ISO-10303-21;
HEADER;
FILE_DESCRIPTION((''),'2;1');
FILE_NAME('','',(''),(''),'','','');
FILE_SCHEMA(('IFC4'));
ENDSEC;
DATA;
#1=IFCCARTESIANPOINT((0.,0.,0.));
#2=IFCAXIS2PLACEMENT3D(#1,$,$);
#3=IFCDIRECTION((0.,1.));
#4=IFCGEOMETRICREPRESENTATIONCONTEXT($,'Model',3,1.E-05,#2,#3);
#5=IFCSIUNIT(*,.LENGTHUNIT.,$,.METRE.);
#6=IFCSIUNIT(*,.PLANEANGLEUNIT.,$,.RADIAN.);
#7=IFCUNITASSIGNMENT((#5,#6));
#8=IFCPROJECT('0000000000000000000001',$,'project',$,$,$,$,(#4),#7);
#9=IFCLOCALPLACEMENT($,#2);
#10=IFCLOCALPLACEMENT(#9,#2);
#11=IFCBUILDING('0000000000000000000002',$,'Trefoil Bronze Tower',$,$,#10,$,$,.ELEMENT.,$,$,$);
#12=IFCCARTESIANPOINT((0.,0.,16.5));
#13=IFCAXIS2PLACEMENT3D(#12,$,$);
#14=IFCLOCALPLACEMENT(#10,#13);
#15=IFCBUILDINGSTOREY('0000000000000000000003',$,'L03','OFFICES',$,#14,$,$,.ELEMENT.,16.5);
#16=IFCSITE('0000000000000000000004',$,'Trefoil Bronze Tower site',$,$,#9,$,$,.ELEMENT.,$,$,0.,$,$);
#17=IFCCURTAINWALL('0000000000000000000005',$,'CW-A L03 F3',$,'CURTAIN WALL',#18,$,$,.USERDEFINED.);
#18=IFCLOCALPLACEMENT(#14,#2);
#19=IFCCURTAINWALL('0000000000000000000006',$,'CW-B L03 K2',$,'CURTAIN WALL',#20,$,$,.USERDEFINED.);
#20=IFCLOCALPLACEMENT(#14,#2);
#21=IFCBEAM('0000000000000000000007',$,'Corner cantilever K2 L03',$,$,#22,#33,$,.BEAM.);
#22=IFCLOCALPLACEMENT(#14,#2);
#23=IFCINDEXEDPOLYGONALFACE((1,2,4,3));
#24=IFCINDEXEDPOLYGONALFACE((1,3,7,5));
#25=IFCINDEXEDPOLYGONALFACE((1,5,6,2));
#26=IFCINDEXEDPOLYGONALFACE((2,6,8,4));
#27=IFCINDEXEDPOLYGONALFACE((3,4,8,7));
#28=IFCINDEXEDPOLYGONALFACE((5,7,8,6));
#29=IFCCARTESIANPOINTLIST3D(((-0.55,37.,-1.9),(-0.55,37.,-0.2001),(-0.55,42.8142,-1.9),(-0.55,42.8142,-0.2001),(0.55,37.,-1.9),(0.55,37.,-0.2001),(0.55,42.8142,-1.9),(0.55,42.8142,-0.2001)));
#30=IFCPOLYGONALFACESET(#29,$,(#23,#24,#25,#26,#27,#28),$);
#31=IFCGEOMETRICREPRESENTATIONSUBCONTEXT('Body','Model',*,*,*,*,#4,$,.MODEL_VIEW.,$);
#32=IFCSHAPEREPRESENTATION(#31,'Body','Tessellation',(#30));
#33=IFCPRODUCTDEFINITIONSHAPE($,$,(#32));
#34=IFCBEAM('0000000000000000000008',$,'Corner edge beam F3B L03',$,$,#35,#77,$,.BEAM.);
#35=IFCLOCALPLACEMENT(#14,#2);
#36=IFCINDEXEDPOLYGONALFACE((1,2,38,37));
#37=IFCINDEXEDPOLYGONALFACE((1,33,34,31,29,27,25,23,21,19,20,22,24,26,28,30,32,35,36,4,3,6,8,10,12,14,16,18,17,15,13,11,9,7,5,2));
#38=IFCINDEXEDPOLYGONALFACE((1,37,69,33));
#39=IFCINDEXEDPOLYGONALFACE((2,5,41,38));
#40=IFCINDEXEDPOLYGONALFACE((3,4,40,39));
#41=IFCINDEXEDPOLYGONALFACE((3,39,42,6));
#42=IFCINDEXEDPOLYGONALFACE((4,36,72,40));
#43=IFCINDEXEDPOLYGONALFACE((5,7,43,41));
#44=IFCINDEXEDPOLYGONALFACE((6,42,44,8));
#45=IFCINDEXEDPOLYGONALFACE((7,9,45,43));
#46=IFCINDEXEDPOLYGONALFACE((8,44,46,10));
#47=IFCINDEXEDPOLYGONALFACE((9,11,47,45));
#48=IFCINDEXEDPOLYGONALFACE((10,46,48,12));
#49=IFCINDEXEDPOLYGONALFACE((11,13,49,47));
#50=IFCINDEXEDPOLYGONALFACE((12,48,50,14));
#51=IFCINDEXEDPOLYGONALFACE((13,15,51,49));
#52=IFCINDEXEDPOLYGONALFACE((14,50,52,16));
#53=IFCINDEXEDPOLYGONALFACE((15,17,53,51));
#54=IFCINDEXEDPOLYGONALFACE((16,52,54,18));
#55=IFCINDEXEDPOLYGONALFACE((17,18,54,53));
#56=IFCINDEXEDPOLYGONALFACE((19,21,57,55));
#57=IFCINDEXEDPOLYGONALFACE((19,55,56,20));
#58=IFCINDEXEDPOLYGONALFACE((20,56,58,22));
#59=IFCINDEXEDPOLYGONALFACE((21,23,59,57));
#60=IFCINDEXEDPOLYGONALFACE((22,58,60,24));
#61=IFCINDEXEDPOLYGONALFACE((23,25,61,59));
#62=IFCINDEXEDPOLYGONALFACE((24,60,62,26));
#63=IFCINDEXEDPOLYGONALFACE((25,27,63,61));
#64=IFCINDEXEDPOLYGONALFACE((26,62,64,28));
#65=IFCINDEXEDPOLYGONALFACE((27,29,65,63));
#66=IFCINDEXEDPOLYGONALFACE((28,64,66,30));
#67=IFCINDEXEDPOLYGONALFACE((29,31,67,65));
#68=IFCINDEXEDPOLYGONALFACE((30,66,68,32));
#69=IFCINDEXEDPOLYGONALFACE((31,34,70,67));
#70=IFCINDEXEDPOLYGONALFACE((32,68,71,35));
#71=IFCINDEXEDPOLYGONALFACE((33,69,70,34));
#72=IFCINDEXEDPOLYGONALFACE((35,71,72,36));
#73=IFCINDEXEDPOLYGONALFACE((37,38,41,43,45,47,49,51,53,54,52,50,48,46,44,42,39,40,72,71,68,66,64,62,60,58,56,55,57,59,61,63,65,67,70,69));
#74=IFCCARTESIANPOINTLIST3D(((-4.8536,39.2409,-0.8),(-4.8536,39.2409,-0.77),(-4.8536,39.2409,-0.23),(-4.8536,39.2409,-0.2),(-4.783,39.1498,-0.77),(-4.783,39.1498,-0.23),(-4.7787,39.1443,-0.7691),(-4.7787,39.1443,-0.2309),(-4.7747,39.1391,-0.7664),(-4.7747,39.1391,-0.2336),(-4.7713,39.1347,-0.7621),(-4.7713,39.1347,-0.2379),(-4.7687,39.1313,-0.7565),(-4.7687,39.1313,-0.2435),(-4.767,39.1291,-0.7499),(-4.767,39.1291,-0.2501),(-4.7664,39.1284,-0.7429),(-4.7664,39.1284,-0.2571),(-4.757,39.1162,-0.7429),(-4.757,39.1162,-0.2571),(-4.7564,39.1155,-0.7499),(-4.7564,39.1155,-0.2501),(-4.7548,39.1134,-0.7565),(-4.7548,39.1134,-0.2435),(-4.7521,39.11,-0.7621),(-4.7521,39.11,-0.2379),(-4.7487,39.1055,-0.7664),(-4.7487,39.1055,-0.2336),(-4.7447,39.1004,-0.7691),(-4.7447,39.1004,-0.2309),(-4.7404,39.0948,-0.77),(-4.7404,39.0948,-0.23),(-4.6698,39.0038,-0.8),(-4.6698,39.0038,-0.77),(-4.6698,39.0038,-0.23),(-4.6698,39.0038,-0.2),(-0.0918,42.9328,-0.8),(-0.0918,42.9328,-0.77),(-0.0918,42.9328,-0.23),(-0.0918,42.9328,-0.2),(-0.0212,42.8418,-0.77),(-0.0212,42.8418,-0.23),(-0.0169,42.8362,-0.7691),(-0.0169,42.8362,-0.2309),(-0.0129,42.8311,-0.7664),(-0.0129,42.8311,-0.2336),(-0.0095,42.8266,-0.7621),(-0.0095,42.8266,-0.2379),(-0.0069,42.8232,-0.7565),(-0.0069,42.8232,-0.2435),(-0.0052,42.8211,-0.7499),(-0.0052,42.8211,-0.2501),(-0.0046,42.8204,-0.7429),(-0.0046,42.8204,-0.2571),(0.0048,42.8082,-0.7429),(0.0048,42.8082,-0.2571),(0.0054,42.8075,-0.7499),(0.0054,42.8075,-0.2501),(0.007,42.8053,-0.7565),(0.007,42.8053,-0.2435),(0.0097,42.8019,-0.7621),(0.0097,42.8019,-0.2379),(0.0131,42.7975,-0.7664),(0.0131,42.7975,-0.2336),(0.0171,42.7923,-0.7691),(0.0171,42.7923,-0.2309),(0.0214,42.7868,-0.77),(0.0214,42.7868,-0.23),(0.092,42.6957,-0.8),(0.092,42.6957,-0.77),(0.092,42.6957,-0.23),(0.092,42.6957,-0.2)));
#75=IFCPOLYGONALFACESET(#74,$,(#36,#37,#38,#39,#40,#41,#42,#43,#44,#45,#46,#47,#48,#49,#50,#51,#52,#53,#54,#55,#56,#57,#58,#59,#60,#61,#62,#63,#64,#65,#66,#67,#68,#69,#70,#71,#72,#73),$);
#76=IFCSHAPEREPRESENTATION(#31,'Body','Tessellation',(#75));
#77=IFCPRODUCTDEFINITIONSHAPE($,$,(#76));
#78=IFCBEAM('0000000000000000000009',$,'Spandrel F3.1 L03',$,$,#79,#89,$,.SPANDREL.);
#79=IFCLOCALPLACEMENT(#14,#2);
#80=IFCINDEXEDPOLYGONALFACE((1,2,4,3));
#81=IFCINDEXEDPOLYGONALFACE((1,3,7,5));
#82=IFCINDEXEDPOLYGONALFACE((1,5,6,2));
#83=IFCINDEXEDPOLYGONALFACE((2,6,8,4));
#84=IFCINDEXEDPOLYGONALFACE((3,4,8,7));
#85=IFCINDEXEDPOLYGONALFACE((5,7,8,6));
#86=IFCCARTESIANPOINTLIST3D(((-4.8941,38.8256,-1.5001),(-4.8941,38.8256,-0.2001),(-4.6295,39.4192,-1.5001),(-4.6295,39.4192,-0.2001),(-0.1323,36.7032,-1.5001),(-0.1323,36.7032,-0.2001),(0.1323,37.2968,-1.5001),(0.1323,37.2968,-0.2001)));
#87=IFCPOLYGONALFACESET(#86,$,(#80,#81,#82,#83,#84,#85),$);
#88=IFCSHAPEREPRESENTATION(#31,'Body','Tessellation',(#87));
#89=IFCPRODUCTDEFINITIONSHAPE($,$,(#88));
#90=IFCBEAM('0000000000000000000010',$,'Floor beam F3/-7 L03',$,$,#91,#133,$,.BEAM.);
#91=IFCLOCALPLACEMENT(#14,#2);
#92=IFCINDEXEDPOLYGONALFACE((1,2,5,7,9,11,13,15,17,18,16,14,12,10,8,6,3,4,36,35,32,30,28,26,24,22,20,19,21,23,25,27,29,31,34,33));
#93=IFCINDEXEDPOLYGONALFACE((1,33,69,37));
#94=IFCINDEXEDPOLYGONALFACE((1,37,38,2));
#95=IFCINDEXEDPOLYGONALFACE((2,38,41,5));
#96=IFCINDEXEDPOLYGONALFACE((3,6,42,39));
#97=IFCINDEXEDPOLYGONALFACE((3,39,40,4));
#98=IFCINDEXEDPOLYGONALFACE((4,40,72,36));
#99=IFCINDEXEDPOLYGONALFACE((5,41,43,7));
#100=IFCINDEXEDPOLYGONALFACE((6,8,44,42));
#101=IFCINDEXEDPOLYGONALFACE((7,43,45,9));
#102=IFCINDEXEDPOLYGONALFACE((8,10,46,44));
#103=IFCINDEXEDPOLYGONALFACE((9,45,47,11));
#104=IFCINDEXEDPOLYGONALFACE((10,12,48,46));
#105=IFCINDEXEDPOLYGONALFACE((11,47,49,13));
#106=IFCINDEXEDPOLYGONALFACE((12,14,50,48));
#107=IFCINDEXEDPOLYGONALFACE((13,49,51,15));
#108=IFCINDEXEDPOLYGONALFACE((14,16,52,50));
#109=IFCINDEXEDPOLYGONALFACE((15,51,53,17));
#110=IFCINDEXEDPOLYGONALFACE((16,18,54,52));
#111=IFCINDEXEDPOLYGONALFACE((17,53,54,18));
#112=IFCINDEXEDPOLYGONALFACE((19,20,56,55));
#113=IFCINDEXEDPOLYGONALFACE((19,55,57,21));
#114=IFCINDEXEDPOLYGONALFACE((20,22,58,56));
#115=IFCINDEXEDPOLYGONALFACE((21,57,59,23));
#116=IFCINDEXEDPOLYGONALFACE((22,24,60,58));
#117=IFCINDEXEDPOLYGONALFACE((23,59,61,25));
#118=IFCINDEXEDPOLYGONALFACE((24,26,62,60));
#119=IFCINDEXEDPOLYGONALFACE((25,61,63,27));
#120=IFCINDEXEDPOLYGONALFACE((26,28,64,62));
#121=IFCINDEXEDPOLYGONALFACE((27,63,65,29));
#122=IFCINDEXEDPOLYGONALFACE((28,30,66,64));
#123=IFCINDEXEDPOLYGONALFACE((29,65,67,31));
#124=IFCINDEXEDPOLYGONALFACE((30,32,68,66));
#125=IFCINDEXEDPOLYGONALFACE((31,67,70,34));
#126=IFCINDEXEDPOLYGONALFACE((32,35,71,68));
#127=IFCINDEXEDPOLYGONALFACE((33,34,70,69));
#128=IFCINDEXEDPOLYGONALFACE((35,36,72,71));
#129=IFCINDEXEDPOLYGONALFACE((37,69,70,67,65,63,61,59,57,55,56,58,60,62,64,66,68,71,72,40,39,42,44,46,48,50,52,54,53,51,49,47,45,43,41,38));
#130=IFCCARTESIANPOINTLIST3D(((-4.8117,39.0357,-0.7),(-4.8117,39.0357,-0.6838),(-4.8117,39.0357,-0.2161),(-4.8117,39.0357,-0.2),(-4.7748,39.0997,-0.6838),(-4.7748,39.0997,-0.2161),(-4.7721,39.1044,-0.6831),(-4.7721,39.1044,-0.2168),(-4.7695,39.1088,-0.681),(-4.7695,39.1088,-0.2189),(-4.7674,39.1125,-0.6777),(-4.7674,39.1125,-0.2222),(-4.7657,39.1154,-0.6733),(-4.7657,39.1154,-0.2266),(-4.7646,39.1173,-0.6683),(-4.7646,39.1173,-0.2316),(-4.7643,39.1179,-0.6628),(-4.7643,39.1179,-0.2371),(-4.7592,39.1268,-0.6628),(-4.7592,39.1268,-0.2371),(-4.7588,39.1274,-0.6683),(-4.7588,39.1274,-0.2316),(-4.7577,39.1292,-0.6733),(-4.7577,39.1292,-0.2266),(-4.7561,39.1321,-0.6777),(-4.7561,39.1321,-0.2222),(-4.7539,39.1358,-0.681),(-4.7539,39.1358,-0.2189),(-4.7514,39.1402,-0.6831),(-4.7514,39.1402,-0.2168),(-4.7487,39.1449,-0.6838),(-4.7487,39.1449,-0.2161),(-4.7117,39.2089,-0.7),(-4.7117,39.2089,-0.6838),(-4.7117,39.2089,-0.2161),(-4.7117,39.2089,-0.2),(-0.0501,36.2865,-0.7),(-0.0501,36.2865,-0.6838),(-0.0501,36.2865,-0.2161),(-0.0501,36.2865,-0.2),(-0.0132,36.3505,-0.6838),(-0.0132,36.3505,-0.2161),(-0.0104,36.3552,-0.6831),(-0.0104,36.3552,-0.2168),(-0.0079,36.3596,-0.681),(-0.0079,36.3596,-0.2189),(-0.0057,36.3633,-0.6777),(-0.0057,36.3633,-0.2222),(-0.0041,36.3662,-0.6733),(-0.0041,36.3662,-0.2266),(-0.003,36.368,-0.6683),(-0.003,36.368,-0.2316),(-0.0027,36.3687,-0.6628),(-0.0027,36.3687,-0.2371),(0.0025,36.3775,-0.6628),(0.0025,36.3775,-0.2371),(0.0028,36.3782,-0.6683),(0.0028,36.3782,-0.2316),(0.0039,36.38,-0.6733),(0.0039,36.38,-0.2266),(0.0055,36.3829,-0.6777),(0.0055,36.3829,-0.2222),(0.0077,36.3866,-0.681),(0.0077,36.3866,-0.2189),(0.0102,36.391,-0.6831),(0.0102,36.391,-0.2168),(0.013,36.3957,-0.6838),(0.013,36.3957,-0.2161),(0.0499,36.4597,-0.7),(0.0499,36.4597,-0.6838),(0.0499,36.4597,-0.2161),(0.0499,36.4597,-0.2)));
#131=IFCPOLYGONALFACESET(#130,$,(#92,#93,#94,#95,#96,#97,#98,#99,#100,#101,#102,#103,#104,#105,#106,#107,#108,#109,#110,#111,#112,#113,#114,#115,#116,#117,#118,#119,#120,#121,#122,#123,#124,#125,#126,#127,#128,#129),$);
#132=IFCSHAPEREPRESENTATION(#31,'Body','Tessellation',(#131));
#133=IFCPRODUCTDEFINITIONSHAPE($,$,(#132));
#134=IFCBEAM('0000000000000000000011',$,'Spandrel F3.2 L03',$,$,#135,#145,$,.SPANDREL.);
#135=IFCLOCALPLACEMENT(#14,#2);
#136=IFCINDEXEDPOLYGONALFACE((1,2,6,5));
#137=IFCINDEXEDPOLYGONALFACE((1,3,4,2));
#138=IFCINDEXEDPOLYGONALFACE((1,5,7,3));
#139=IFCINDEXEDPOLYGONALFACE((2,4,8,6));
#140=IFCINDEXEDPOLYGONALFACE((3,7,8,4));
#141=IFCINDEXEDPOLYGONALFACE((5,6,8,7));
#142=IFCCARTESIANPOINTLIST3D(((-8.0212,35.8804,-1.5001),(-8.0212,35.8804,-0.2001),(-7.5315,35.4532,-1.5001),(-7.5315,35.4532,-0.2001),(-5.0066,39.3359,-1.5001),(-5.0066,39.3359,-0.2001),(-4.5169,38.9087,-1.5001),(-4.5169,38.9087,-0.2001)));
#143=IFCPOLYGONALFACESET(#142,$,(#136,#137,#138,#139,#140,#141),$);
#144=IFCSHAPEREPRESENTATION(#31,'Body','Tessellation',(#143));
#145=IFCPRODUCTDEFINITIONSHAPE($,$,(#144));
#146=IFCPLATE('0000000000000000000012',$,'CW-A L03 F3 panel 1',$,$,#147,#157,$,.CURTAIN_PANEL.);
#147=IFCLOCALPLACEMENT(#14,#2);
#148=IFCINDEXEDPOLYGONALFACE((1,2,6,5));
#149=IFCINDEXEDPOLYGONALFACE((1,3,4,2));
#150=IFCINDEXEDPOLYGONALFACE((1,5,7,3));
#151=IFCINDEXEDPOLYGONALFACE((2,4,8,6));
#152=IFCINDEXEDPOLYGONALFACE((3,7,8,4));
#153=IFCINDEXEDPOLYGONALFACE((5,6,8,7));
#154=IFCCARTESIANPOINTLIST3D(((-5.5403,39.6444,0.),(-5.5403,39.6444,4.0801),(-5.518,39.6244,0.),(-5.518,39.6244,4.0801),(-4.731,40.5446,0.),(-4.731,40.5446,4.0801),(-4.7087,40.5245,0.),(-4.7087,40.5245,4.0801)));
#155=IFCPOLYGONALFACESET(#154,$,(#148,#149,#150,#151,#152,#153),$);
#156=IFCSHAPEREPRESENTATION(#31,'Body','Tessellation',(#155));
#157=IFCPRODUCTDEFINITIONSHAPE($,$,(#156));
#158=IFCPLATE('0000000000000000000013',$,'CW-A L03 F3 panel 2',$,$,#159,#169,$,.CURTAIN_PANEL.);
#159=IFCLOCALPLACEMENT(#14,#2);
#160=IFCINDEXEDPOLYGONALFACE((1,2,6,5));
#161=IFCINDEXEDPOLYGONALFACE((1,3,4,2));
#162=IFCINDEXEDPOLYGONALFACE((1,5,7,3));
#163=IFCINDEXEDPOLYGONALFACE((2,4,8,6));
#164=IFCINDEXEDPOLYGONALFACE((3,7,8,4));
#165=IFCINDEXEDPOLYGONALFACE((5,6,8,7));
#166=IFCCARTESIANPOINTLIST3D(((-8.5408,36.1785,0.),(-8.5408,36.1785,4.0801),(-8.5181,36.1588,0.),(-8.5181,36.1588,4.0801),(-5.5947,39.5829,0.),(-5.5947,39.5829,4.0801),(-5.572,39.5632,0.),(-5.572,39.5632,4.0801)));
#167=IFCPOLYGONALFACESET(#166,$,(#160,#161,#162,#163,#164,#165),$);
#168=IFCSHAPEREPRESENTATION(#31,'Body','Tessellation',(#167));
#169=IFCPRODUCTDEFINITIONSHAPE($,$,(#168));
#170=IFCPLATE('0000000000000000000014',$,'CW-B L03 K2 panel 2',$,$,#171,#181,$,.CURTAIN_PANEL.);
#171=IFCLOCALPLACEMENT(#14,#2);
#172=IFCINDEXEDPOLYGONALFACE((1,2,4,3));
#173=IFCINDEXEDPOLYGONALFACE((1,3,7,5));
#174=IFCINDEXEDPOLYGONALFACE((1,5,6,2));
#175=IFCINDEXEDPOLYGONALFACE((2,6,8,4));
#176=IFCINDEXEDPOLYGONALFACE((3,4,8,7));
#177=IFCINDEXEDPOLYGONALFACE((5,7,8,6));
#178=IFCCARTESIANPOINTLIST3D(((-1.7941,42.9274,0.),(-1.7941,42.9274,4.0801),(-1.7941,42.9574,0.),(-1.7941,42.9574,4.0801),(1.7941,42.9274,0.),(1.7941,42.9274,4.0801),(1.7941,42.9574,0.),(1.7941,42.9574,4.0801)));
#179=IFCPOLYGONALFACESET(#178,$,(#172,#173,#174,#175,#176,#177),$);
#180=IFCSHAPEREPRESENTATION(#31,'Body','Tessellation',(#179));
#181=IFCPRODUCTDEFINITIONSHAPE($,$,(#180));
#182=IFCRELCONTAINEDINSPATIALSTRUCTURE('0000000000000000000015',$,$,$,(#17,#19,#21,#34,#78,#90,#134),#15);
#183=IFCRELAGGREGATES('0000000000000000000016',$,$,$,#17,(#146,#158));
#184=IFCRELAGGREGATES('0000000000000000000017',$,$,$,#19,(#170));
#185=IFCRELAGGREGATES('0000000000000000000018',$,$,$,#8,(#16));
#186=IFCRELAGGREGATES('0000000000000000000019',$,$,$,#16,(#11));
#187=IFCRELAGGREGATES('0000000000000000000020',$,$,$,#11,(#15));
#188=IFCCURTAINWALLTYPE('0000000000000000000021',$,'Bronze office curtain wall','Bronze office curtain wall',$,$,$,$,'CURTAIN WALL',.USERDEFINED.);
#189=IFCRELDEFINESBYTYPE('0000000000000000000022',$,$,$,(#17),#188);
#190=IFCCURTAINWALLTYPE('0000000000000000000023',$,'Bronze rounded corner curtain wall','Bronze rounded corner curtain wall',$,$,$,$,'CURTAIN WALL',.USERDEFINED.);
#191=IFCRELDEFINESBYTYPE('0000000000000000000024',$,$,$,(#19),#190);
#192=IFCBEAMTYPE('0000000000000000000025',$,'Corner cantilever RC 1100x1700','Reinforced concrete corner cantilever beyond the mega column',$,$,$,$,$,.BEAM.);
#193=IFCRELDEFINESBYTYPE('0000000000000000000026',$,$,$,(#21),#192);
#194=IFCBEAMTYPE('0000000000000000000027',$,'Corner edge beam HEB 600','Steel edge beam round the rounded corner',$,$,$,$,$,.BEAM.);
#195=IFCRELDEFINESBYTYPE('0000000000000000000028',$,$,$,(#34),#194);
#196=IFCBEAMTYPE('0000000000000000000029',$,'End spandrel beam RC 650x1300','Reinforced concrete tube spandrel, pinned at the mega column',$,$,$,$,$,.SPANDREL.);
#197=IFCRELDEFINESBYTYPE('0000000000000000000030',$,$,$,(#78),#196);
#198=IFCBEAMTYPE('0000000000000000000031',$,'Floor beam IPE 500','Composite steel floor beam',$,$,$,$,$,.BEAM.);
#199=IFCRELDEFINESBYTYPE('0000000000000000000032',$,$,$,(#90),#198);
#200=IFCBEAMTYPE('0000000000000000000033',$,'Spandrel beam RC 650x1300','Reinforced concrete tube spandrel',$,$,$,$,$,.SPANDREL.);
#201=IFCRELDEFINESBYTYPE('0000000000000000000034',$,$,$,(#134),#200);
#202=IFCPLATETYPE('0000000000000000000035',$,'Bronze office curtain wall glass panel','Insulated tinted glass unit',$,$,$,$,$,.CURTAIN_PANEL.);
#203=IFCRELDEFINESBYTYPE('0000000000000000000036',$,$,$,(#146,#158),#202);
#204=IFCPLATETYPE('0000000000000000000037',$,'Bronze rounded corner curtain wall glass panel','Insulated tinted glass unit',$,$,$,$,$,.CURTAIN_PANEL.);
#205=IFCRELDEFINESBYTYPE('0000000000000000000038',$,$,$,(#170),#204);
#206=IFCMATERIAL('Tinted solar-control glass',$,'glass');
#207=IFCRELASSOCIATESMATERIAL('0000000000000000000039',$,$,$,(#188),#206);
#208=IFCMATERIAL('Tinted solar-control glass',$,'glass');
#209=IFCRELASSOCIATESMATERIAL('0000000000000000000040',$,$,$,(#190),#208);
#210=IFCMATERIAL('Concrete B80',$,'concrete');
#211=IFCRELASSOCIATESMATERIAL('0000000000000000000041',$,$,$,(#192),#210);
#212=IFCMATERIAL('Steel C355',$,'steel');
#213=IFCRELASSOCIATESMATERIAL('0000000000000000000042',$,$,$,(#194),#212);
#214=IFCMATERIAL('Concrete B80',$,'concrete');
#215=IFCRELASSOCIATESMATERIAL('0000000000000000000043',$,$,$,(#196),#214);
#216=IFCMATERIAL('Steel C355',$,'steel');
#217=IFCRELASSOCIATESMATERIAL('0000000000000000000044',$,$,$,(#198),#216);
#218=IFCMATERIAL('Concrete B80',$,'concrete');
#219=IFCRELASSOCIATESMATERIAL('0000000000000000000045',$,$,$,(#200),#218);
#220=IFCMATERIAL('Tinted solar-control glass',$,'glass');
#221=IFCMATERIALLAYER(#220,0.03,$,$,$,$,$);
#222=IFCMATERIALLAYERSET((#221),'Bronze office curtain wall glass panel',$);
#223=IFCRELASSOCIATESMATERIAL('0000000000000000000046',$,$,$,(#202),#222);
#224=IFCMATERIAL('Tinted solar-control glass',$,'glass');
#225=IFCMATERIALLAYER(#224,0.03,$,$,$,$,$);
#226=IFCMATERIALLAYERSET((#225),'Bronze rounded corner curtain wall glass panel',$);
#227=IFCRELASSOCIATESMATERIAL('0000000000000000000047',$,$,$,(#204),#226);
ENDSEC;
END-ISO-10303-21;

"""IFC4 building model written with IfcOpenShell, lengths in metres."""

from ifc_helpers import new_model, si_unit, direction, frame, origin, origin_2d, place, context, subcontext, project, spatial, rectangle, i_section, extrude, material, layer, layer_set, material_profile, profile_set, type_object, element, aggregate, save


model = new_model("IFC4")

# Units and contexts
model_context = context("Model", 3, precision=1e-05, world=origin(), true_north=direction((0.0, 1.0)))
body_context = subcontext(model_context, "Body", "Model", "MODEL_VIEW")
ifc_project = project(units=[si_unit("LENGTHUNIT", "METRE"), si_unit("PLANEANGLEUNIT", "RADIAN")], contexts=[model_context])

# Site, building, storey
site_placement = place(None, origin())
site = spatial("IfcSite", under=ifc_project, at=site_placement, Name="Trefoil Bronze Tower site", CompositionType="ELEMENT", RefElevation=0.0)
building_placement = place(site_placement, origin())
building = spatial("IfcBuilding", under=site, at=building_placement, Name="Trefoil Bronze Tower", CompositionType="ELEMENT")
storey_placement = place(building_placement, frame((0.0, 0.0, 16.5)))
storey = spatial("IfcBuildingStorey", under=building, at=storey_placement, Name="L03", Description="OFFICES", CompositionType="ELEMENT", Elevation=16.5)

# Curtain walls
ifc_material_1 = material(Name="Tinted solar-control glass", Category="glass")
curtain_wall_type_1 = type_object("IfcCurtainWallType", Name="Bronze office curtain wall", Description="Bronze office curtain wall", ElementType="CURTAIN WALL", PredefinedType="USERDEFINED", material=ifc_material_1)
curtain_wall_1_placement = place(storey_placement, origin())
curtain_wall_1 = element("IfcCurtainWall", 1, at=curtain_wall_1_placement, inside=storey, type_object=curtain_wall_type_1, Name="CW-A L03 F3", ObjectType="CURTAIN WALL", PredefinedType="USERDEFINED")
ifc_material_2 = material(Name="Tinted solar-control glass", Category="glass")
curtain_wall_type_2 = type_object("IfcCurtainWallType", Name="Bronze rounded corner curtain wall", Description="Bronze rounded corner curtain wall", ElementType="CURTAIN WALL", PredefinedType="USERDEFINED", material=ifc_material_2)
curtain_wall_2_placement = place(storey_placement, origin())
curtain_wall_2 = element("IfcCurtainWall", 2, at=curtain_wall_2_placement, inside=storey, type_object=curtain_wall_type_2, Name="CW-B L03 K2", ObjectType="CURTAIN WALL", PredefinedType="USERDEFINED")

# Beams
ifc_material_3 = material(Name="Concrete B80", Category="concrete")
ifc_material_profile_1 = material_profile(ifc_material_3, rectangle(XDim=1.1001, YDim=1.7, at=origin_2d()), Name="RC 1100x1700")
ifc_profile_set_1 = profile_set([ifc_material_profile_1], Name="Concrete B80")
beam_type_1 = type_object("IfcBeamType", Name="Corner cantilever RC 1100x1700", Description="Reinforced concrete corner cantilever beyond the mega column", PredefinedType="BEAM", material=ifc_profile_set_1)
beam_1_placement = place(storey_placement, frame((0.0, 37.0, -1.05), z_axis=(0.0, 1.0, 0.0), x_axis=(-1.0, 0.0, 0.0)))
element("IfcBeam", 3, at=beam_1_placement, inside=storey, type_object=beam_type_1, Name="Corner cantilever K2 L03", PredefinedType="BEAM", context=body_context, shape_type="SweptSolid", body=[
    extrude(rectangle(XDim=1.1001, YDim=1.7, at=origin_2d()), origin(), (0.0, 0.0, 1.0), 5.8142),
])
ifc_material_4 = material(Name="Steel C355", Category="steel")
ifc_material_profile_2 = material_profile(ifc_material_4, i_section(OverallWidth=0.3, OverallDepth=0.6001, WebThickness=0.0154, FlangeThickness=0.03, FilletRadius=0.0271, at=origin_2d()), Name="HEB 600")
ifc_profile_set_2 = profile_set([ifc_material_profile_2], Name="Steel C355")
beam_type_2 = type_object("IfcBeamType", Name="Corner edge beam HEB 600", Description="Steel edge beam round the rounded corner", PredefinedType="BEAM", material=ifc_profile_set_2)
beam_2_placement = place(storey_placement, frame((-4.7617, 39.1223, -0.5), z_axis=(0.790289, 0.612734, 0.0), x_axis=(-0.612734, 0.790289, 0.0)))
element("IfcBeam", 4, at=beam_2_placement, inside=storey, type_object=beam_type_2, Name="Corner edge beam F3B L03", PredefinedType="BEAM", context=body_context, shape_type="SweptSolid", body=[
    extrude(i_section(OverallWidth=0.3, OverallDepth=0.6001, WebThickness=0.0154, FlangeThickness=0.03, FilletRadius=0.0271, at=origin_2d()), origin(), (0.0, 0.0, 1.0), 6.0254),
])
ifc_material_5 = material(Name="Concrete B80", Category="concrete")
ifc_material_profile_3 = material_profile(ifc_material_5, rectangle(XDim=0.6499, YDim=1.3, at=origin_2d()), Name="RC 650x1300")
ifc_profile_set_3 = profile_set([ifc_material_profile_3], Name="Concrete B80")
beam_type_3 = type_object("IfcBeamType", Name="End spandrel beam RC 650x1300", Description="Reinforced concrete tube spandrel, pinned at the mega column", PredefinedType="SPANDREL", material=ifc_profile_set_3)
beam_3_placement = place(storey_placement, frame((0.0, 37.0, -0.8501), z_axis=(-0.913384, 0.407099, 0.0), x_axis=(-0.407099, -0.913384, 0.0)))
element("IfcBeam", 5, at=beam_3_placement, inside=storey, type_object=beam_type_3, Name="Spandrel F3.1 L03", PredefinedType="SPANDREL", context=body_context, shape_type="SweptSolid", body=[
    extrude(rectangle(XDim=0.6499, YDim=1.3, at=origin_2d()), origin(), (0.0, 0.0, 1.0), 5.2134),
])
ifc_material_6 = material(Name="Steel C355", Category="steel")
ifc_material_profile_4 = material_profile(ifc_material_6, i_section(OverallWidth=0.2, OverallDepth=0.5, WebThickness=0.0103, FlangeThickness=0.0161, FilletRadius=0.021, at=origin_2d()), Name="IPE 500")
ifc_profile_set_4 = profile_set([ifc_material_profile_4], Name="Steel C355")
beam_type_4 = type_object("IfcBeamType", Name="Floor beam IPE 500", Description="Composite steel floor beam", PredefinedType="BEAM", material=ifc_profile_set_4)
beam_4_placement = place(storey_placement, frame((-4.7617, 39.1223, -0.45), z_axis=(0.866018, -0.500012, 0.0), x_axis=(0.500012, 0.866018, 0.0)))
element("IfcBeam", 6, at=beam_4_placement, inside=storey, type_object=beam_type_4, Name="Floor beam F3/-7 L03", PredefinedType="BEAM", context=body_context, shape_type="SweptSolid", body=[
    extrude(i_section(OverallWidth=0.2, OverallDepth=0.5, WebThickness=0.0103, FlangeThickness=0.0161, FilletRadius=0.021, at=origin_2d()), origin(), (0.0, 0.0, 1.0), 5.4983),
])
ifc_material_7 = material(Name="Concrete B80", Category="concrete")
ifc_material_profile_5 = material_profile(ifc_material_7, rectangle(XDim=0.6499, YDim=1.3, at=origin_2d()), Name="RC 650x1300")
ifc_profile_set_5 = profile_set([ifc_material_profile_5], Name="Concrete B80")
beam_type_5 = type_object("IfcBeamType", Name="Spandrel beam RC 650x1300", Description="Reinforced concrete tube spandrel", PredefinedType="SPANDREL", material=ifc_profile_set_5)
beam_5_placement = place(storey_placement, frame((-4.7617, 39.1223, -0.8501), z_axis=(-0.657396, -0.753545, 0.0), x_axis=(0.753545, -0.657396, 0.0)))
element("IfcBeam", 7, at=beam_5_placement, inside=storey, type_object=beam_type_5, Name="Spandrel F3.2 L03", PredefinedType="SPANDREL", context=body_context, shape_type="SweptSolid", body=[
    extrude(rectangle(XDim=0.6499, YDim=1.3, at=origin_2d()), origin(), (0.0, 0.0, 1.0), 4.5857),
])

# Plates
ifc_material_8 = material(Name="Tinted solar-control glass", Category="glass")
ifc_layer_1 = layer(ifc_material_8, 0.03)
ifc_layer_set_1 = layer_set([ifc_layer_1], Name="Bronze office curtain wall glass panel")
plate_type_1 = type_object("IfcPlateType", Name="Bronze office curtain wall glass panel", Description="Insulated tinted glass unit", PredefinedType="CURTAIN_PANEL", material=ifc_layer_set_1)
plate_1_placement = place(storey_placement, frame((-5.1245, 40.0845, 0.0), z_axis=(0.0, 0.0, 1.0), x_axis=(-0.668575, -0.743645, 0.0)))
plate_1 = element("IfcPlate", 8, at=plate_1_placement, type_object=plate_type_1, Name="CW-A L03 F3 panel 1", PredefinedType="CURTAIN_PANEL", context=body_context, shape_type="SweptSolid", body=[
    extrude(rectangle(XDim=1.2104, YDim=0.03, at=origin_2d()), origin(), (0.0, 0.0, 1.0), 4.0801),
])
plate_2_placement = place(storey_placement, frame((-7.0564, 37.8708, 0.0), z_axis=(0.0, 0.0, 1.0), x_axis=(-0.654376, -0.756169, 0.0)))
plate_2 = element("IfcPlate", 9, at=plate_2_placement, type_object=plate_type_1, Name="CW-A L03 F3 panel 2", PredefinedType="CURTAIN_PANEL", context=body_context, shape_type="SweptSolid", body=[
    extrude(rectangle(XDim=4.5022, YDim=0.03, at=origin_2d()), origin(), (0.0, 0.0, 1.0), 4.0801),
])
aggregate(curtain_wall_1, [plate_1, plate_2])
ifc_material_9 = material(Name="Tinted solar-control glass", Category="glass")
ifc_layer_2 = layer(ifc_material_9, 0.03)
ifc_layer_set_2 = layer_set([ifc_layer_2], Name="Bronze rounded corner curtain wall glass panel")
plate_type_2 = type_object("IfcPlateType", Name="Bronze rounded corner curtain wall glass panel", Description="Insulated tinted glass unit", PredefinedType="CURTAIN_PANEL", material=ifc_layer_set_2)
plate_3_placement = place(storey_placement, frame((0.0, 42.9424, 0.0), z_axis=(0.0, 0.0, 1.0), x_axis=(-1.0, 0.0, 0.0)))
plate_3 = element("IfcPlate", 10, at=plate_3_placement, type_object=plate_type_2, Name="CW-B L03 K2 panel 2", PredefinedType="CURTAIN_PANEL", context=body_context, shape_type="SweptSolid", body=[
    extrude(rectangle(XDim=3.5881, YDim=0.03, at=origin_2d()), origin(), (0.0, 0.0, 1.0), 4.0801),
])
aggregate(curtain_wall_2, [plate_3])

save(model, "model.ifc")
